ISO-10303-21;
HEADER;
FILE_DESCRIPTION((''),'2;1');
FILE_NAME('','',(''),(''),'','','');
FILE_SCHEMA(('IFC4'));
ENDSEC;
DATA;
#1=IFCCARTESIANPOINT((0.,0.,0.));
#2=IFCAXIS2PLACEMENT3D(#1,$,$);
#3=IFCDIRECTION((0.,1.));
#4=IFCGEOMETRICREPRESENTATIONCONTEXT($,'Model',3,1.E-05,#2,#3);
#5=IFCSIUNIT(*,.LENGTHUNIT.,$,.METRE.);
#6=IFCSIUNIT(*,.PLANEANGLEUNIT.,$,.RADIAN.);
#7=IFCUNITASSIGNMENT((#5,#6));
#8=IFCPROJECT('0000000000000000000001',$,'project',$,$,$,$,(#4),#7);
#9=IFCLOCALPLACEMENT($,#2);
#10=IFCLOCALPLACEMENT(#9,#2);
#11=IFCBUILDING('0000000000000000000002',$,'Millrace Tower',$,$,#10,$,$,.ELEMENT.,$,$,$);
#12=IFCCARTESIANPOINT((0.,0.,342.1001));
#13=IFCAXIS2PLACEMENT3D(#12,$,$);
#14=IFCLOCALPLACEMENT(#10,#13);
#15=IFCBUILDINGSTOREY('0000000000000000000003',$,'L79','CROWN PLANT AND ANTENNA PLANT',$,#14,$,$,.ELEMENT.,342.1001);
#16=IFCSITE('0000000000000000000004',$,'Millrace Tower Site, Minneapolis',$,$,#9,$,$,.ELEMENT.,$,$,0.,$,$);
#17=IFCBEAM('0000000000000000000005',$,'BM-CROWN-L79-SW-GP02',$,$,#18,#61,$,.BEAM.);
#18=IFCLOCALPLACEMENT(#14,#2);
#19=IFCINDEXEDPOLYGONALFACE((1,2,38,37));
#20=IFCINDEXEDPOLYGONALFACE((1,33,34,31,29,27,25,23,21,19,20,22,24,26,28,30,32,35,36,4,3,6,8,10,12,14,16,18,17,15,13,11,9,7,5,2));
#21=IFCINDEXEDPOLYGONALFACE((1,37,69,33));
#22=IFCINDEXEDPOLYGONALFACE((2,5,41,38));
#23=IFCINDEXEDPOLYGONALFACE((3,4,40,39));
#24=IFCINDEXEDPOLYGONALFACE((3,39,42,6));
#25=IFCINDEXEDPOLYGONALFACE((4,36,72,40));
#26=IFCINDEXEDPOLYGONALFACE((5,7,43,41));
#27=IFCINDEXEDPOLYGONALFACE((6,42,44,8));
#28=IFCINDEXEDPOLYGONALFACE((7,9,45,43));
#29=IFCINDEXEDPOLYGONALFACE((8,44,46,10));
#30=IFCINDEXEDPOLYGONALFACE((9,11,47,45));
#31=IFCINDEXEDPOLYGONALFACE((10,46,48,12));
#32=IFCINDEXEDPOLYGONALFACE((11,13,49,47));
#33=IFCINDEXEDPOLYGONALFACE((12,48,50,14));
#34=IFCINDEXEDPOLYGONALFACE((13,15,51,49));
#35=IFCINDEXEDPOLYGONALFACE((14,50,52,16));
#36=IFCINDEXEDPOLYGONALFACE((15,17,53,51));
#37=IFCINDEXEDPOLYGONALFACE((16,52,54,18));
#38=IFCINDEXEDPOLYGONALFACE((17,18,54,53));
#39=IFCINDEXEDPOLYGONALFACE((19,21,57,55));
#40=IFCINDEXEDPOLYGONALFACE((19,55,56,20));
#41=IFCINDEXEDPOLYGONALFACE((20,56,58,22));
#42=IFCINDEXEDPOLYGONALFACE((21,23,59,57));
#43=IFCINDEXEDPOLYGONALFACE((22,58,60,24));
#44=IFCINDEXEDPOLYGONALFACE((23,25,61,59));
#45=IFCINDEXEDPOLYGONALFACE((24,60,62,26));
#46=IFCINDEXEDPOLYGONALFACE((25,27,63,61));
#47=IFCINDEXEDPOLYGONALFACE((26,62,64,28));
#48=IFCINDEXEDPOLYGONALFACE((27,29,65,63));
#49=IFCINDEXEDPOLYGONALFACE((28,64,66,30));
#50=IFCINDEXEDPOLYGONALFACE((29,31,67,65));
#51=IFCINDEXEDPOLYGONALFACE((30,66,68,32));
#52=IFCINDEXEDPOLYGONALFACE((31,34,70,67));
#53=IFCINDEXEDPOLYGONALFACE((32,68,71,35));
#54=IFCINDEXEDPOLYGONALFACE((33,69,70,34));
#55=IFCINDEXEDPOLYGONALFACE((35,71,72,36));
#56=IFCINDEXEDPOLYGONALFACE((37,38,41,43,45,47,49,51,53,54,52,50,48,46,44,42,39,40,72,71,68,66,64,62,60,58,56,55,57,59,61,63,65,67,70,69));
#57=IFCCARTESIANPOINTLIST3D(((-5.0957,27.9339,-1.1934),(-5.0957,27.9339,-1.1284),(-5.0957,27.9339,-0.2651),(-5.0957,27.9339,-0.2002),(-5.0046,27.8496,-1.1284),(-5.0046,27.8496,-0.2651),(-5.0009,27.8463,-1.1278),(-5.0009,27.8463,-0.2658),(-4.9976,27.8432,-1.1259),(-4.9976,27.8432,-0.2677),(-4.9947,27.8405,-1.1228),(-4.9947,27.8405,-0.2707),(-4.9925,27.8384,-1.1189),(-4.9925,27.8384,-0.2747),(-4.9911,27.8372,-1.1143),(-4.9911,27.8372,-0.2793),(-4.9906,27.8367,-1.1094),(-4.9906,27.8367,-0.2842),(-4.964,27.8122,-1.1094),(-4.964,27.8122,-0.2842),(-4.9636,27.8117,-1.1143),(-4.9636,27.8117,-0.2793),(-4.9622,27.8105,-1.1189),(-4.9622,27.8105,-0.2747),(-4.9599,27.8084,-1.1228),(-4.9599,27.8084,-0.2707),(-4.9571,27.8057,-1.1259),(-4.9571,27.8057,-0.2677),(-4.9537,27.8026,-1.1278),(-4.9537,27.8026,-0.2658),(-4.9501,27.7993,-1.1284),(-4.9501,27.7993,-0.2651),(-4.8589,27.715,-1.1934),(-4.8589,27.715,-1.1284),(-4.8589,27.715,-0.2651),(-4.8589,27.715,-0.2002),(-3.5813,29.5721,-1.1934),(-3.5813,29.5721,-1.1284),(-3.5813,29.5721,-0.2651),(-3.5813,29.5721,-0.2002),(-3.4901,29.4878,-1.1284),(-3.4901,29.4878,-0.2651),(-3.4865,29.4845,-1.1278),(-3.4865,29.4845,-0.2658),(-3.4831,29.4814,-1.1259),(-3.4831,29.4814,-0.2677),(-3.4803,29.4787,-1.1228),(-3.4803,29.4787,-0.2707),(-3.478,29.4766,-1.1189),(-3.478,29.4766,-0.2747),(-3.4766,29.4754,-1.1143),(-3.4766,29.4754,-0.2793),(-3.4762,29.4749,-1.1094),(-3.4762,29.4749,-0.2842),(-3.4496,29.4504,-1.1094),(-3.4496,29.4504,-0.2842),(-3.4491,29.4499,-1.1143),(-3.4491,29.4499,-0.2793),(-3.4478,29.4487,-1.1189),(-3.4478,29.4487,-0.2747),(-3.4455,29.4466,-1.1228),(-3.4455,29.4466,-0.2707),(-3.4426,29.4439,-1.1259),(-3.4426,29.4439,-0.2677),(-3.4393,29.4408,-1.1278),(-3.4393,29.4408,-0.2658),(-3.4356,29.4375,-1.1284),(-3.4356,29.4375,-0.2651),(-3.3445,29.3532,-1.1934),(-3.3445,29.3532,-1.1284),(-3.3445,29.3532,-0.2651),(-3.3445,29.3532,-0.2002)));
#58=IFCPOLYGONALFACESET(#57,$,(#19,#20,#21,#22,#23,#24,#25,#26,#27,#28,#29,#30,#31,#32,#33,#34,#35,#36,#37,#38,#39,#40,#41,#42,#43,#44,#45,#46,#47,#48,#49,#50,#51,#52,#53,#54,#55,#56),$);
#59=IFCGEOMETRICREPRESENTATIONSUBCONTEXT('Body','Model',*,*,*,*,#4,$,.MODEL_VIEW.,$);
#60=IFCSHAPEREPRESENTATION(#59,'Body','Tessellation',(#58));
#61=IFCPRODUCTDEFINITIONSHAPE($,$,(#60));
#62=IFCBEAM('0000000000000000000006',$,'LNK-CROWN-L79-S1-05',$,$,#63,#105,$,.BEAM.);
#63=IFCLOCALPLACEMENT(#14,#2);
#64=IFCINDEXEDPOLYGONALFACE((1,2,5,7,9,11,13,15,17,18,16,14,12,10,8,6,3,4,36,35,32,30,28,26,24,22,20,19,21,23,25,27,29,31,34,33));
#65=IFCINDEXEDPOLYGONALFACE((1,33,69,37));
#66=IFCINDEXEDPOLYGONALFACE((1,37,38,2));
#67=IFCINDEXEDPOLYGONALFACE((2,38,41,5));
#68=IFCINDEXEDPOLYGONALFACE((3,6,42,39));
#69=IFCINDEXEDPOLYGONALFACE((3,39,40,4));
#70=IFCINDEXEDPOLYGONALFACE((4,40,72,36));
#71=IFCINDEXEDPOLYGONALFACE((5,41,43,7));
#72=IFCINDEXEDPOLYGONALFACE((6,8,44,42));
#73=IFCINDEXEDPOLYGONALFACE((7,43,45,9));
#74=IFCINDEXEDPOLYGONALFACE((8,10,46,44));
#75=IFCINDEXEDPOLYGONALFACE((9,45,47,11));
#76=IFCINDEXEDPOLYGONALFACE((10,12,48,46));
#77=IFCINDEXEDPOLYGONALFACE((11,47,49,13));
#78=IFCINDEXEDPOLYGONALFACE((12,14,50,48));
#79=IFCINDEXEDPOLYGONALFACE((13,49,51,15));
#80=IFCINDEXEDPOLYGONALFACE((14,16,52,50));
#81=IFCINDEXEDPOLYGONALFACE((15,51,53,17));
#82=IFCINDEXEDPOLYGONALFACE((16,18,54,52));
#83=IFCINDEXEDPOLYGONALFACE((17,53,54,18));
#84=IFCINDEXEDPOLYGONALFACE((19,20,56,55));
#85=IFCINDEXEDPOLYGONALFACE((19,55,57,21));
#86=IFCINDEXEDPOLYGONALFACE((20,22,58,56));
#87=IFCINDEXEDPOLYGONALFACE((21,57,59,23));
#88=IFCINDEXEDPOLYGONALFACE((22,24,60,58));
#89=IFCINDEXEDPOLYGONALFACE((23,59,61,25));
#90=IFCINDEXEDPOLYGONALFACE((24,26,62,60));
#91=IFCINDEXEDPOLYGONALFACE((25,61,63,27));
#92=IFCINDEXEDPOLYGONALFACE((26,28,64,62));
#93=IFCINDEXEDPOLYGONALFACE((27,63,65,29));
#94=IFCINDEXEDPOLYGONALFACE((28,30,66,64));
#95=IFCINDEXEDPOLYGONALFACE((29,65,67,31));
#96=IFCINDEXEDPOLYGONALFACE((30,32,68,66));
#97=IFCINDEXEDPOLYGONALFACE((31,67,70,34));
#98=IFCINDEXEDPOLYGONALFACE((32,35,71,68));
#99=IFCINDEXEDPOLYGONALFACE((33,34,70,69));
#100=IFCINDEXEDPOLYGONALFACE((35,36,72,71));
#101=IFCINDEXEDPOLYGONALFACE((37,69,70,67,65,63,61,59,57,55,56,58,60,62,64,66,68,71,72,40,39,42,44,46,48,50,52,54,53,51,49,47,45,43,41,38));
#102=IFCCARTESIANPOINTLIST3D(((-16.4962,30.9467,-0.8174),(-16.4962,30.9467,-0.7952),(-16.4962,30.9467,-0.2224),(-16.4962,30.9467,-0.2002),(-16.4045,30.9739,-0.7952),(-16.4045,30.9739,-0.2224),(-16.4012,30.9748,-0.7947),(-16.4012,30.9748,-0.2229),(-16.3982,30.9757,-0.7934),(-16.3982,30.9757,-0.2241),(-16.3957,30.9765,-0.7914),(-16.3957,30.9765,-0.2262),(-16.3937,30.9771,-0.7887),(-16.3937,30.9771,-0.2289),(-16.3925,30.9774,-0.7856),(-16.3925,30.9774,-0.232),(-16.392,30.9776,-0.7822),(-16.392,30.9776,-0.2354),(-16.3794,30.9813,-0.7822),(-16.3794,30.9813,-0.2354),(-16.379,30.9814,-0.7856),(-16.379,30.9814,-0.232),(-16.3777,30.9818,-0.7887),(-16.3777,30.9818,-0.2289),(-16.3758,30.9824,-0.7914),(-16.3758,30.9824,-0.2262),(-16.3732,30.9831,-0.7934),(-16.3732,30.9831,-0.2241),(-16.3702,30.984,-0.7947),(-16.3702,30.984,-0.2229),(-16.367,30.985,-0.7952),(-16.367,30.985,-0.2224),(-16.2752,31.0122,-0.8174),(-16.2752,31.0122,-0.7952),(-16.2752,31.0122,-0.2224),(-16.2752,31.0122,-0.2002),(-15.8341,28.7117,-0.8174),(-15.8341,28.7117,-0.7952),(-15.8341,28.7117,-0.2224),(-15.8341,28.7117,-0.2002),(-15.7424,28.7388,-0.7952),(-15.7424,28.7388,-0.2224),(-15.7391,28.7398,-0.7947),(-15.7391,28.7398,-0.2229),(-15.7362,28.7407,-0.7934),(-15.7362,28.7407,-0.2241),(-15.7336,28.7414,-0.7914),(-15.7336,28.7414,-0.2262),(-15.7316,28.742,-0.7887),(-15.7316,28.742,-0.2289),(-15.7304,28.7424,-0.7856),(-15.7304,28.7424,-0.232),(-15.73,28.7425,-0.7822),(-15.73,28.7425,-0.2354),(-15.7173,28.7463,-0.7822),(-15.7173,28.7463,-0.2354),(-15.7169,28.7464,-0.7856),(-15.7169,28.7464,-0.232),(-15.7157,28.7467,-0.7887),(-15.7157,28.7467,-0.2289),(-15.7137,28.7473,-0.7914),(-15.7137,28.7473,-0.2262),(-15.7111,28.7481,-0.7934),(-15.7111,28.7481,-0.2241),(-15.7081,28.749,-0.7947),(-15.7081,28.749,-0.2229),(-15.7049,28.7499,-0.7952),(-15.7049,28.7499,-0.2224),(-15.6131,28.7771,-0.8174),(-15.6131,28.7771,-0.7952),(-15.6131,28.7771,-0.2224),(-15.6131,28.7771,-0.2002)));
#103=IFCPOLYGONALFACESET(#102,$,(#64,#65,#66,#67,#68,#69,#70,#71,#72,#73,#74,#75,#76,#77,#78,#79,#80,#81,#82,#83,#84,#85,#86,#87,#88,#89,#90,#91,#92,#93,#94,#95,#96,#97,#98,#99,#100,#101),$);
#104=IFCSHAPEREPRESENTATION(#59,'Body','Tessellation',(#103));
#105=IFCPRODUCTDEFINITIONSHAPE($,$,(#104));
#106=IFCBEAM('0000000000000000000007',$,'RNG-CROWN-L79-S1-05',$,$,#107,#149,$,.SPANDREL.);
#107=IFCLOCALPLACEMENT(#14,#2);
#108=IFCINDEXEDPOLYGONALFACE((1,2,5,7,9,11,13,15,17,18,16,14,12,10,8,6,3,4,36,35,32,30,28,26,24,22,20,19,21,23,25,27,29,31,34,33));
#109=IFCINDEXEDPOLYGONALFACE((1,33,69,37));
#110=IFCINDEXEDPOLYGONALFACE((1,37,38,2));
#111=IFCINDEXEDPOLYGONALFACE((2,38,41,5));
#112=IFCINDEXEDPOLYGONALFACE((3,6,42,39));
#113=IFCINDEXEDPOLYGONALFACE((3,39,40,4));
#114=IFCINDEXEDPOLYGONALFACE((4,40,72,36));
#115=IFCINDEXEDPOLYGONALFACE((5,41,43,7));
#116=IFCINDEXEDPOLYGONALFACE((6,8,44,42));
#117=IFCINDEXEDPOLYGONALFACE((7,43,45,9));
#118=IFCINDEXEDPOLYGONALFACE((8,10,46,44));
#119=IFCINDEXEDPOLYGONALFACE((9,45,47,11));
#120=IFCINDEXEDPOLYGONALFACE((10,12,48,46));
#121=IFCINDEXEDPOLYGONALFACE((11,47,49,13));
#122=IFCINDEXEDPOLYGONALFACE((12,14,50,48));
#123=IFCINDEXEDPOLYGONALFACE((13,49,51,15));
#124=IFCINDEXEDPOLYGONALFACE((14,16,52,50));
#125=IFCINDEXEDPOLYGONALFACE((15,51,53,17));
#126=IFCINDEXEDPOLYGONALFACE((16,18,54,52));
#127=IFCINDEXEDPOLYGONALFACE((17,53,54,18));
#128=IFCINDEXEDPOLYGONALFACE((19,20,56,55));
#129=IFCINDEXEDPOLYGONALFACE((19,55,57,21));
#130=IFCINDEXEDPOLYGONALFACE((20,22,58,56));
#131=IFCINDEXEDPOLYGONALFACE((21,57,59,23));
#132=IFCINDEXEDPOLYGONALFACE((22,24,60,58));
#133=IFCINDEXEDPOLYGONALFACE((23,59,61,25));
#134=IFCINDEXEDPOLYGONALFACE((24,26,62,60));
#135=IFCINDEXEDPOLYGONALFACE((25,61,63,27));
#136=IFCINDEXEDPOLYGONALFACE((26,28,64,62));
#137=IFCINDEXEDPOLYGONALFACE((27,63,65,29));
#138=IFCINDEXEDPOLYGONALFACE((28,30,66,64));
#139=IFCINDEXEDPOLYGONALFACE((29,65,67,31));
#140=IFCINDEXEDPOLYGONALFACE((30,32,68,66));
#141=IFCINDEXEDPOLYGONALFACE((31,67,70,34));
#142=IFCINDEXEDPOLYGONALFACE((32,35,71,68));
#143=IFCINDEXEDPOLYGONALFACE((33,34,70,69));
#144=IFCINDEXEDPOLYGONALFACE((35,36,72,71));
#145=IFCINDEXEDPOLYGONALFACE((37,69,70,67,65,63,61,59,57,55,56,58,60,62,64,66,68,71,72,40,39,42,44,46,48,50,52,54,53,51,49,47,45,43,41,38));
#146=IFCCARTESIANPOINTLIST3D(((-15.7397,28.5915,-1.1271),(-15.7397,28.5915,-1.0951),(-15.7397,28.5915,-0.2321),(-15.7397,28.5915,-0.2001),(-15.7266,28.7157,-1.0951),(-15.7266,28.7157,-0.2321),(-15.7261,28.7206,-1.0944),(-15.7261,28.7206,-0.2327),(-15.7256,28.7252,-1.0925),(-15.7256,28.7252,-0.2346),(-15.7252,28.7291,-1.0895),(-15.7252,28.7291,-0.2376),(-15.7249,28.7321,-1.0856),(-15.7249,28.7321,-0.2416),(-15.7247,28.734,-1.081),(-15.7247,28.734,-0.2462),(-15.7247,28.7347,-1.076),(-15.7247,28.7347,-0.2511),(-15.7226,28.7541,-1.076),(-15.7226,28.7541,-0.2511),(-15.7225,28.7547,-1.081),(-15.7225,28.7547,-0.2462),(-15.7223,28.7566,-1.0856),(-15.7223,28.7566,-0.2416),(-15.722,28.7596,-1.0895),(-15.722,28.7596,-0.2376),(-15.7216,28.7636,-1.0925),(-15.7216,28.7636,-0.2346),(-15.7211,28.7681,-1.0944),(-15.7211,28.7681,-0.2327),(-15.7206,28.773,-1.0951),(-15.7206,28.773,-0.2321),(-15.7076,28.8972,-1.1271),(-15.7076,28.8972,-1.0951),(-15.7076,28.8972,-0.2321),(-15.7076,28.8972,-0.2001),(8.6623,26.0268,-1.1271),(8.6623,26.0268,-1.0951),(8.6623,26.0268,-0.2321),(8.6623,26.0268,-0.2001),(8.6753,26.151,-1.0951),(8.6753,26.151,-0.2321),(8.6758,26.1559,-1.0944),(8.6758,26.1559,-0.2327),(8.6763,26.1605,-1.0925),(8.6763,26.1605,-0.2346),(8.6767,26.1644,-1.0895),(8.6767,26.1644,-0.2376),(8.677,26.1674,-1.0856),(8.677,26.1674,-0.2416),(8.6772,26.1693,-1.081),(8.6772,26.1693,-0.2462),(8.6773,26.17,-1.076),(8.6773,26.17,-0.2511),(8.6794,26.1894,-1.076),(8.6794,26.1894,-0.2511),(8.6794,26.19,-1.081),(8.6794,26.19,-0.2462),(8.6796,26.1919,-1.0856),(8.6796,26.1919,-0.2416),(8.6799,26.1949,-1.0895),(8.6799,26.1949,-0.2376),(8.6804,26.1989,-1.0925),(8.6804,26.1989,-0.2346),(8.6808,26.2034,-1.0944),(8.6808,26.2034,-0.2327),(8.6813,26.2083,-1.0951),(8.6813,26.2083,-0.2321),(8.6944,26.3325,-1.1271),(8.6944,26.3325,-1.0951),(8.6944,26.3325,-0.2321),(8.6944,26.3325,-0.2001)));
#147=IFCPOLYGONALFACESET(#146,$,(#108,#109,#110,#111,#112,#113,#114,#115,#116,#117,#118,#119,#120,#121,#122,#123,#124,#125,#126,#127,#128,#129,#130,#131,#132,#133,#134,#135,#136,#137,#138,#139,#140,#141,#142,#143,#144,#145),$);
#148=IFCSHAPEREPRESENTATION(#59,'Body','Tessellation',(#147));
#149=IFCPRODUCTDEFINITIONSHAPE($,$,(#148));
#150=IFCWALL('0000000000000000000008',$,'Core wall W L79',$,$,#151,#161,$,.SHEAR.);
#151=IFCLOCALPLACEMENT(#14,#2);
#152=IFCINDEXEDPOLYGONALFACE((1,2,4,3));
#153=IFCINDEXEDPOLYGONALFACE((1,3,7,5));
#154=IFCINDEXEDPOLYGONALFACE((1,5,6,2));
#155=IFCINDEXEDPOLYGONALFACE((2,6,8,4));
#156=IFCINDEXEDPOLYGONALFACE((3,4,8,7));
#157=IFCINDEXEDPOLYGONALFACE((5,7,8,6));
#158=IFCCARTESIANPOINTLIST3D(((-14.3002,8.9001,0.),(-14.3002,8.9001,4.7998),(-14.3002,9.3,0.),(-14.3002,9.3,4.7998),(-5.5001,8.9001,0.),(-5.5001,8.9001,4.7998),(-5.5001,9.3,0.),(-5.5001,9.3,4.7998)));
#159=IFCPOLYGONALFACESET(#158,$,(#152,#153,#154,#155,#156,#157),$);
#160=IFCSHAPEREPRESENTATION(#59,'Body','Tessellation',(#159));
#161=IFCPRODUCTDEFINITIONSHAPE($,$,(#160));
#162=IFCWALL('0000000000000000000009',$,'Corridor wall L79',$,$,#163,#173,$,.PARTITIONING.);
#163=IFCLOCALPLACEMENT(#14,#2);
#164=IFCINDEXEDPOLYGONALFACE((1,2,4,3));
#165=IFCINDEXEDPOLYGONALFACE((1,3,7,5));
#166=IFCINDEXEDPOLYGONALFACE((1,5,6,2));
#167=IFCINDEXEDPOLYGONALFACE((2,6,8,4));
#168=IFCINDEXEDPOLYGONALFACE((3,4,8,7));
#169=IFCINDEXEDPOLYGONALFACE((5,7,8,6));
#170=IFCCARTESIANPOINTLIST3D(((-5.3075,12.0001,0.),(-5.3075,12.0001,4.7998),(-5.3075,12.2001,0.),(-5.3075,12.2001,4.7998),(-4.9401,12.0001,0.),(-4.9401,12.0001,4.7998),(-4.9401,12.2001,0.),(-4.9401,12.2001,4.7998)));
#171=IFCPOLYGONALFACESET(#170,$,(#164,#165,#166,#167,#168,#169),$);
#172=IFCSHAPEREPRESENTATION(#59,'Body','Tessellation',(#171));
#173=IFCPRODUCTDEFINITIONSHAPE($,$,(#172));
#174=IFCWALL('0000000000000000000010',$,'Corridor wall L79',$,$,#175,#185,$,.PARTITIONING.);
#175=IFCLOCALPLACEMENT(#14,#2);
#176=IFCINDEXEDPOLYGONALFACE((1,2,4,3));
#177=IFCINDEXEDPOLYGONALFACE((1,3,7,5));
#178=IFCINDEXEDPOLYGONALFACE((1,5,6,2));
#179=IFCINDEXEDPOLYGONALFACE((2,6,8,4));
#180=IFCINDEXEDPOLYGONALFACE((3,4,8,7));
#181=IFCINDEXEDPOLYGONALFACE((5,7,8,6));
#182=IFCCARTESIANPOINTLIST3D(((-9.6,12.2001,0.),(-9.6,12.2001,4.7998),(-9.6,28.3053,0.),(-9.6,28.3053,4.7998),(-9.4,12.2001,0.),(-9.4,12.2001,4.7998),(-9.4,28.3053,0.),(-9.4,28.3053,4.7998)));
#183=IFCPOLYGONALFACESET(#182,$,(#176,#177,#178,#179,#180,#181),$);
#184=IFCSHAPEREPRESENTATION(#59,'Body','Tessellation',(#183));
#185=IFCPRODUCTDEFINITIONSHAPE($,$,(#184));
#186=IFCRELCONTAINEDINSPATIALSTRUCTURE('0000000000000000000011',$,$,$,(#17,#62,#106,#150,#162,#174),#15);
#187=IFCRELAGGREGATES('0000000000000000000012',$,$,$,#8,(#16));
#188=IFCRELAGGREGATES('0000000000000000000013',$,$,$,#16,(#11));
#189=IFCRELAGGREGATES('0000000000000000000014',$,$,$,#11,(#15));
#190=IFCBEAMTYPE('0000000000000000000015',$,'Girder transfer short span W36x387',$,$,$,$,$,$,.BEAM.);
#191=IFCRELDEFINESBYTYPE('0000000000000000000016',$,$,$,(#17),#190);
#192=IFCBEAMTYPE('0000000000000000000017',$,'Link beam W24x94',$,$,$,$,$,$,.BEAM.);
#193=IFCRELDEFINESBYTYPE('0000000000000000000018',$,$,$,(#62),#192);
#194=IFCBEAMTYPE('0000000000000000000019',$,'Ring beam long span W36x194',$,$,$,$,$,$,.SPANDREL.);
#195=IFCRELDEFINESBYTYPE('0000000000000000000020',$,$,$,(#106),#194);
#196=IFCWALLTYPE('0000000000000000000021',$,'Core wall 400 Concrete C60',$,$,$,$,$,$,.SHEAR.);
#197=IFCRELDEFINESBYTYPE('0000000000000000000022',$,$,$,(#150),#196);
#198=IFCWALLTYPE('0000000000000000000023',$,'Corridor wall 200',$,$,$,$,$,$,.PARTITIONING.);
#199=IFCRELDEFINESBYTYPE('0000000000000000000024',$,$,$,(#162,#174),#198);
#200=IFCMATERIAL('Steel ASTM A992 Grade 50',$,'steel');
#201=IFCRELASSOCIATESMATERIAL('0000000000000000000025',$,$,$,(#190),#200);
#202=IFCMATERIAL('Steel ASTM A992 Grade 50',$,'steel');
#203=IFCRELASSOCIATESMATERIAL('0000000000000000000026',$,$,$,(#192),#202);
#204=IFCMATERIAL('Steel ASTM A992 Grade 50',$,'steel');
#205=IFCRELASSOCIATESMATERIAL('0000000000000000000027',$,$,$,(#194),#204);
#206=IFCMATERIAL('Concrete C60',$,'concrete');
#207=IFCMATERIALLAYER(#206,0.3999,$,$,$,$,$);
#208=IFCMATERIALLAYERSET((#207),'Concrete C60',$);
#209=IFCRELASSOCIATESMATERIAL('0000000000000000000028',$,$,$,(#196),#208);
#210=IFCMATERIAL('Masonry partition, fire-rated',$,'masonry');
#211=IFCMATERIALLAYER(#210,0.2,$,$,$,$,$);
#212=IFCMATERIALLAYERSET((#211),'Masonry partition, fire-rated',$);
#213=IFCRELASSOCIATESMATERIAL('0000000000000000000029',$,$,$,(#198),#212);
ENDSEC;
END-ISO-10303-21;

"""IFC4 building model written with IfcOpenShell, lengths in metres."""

from ifc_helpers import new_model, si_unit, direction, frame, frame_2d, origin, origin_2d, place, context, subcontext, project, spatial, rectangle, i_section, extrude, material, layer, layer_set, material_profile, profile_set, type_object, element, save


model = new_model("IFC4")

# Units and contexts
model_context = context("Model", 3, precision=1e-05, world=origin(), true_north=direction((0.0, 1.0)))
body_context = subcontext(model_context, "Body", "Model", "MODEL_VIEW")
ifc_project = project(units=[si_unit("LENGTHUNIT", "METRE"), si_unit("PLANEANGLEUNIT", "RADIAN")], contexts=[model_context])

# Site, building, storey
site_placement = place(None, origin())
site = spatial("IfcSite", under=ifc_project, at=site_placement, Name="Millrace Tower Site, Minneapolis", CompositionType="ELEMENT", RefElevation=0.0)
building_placement = place(site_placement, origin())
building = spatial("IfcBuilding", under=site, at=building_placement, Name="Millrace Tower", CompositionType="ELEMENT")
storey_placement = place(building_placement, frame((0.0, 0.0, 342.1001)))
storey = spatial("IfcBuildingStorey", under=building, at=storey_placement, Name="L79", Description="CROWN PLANT AND ANTENNA PLANT", CompositionType="ELEMENT", Elevation=342.1001)

# Beams
ifc_material_1 = material(Name="Steel ASTM A992 Grade 50", Category="steel")
ifc_material_profile_1 = material_profile(ifc_material_1, i_section(OverallWidth=0.3225, OverallDepth=0.9932, WebThickness=0.0361, FlangeThickness=0.0649, FilletRadius=0.019, at=origin_2d()))
ifc_profile_set_1 = profile_set([ifc_material_profile_1], Name="Steel ASTM A992 Grade 50")
beam_type_1 = type_object("IfcBeamType", Name="Girder transfer short span W36x387", PredefinedType="BEAM", material=ifc_profile_set_1)
beam_1_placement = place(storey_placement, frame((-3.4629, 29.4626, -0.6968), z_axis=(-0.678821, -0.734304, 0.0), x_axis=(0.734304, -0.678821, 0.0)))
element("IfcBeam", 1, at=beam_1_placement, inside=storey, type_object=beam_type_1, Name="BM-CROWN-L79-SW-GP02", PredefinedType="BEAM", context=body_context, shape_type="SweptSolid", body=[
    extrude(i_section(OverallWidth=0.3225, OverallDepth=0.9932, WebThickness=0.0361, FlangeThickness=0.0649, FilletRadius=0.019, at=origin_2d()), origin(), (0.0, 0.0, 1.0), 2.231),
])
ifc_material_2 = material(Name="Steel ASTM A992 Grade 50", Category="steel")
ifc_material_profile_2 = material_profile(ifc_material_2, i_section(OverallWidth=0.2305, OverallDepth=0.6172, WebThickness=0.0132, FlangeThickness=0.0222, FilletRadius=0.0129, at=origin_2d()))
ifc_profile_set_2 = profile_set([ifc_material_profile_2], Name="Steel ASTM A992 Grade 50")
beam_type_2 = type_object("IfcBeamType", Name="Link beam W24x94", PredefinedType="BEAM", material=ifc_profile_set_2)
beam_2_placement = place(storey_placement, frame((-15.7236, 28.7444, -0.5088), z_axis=(-0.284031, 0.958815, 0.0), x_axis=(-0.958815, -0.284031, 0.0)))
element("IfcBeam", 2, at=beam_2_placement, inside=storey, type_object=beam_type_2, Name="LNK-CROWN-L79-S1-05", PredefinedType="BEAM", context=body_context, shape_type="SweptSolid", body=[
    extrude(i_section(OverallWidth=0.2305, OverallDepth=0.6172, WebThickness=0.0132, FlangeThickness=0.0222, FilletRadius=0.0129, at=origin_2d()), origin(), (0.0, 0.0, 1.0), 2.3311),
])
ifc_material_3 = material(Name="Steel ASTM A992 Grade 50", Category="steel")
ifc_material_profile_3 = material_profile(ifc_material_3, i_section(OverallWidth=0.3074, OverallDepth=0.927, WebThickness=0.0195, FlangeThickness=0.032, FilletRadius=0.019, at=origin_2d()))
ifc_profile_set_3 = profile_set([ifc_material_profile_3], Name="Steel ASTM A992 Grade 50")
beam_type_3 = type_object("IfcBeamType", Name="Ring beam long span W36x194", PredefinedType="SPANDREL", material=ifc_profile_set_3)
beam_3_placement = place(storey_placement, frame((-15.7236, 28.7444, -0.6636), z_axis=(0.994522, -0.104527, 0.0), x_axis=(0.104527, 0.994522, 0.0)))
element("IfcBeam", 3, at=beam_3_placement, inside=storey, type_object=beam_type_3, Name="RNG-CROWN-L79-S1-05", PredefinedType="SPANDREL", context=body_context, shape_type="SweptSolid", body=[
    extrude(i_section(OverallWidth=0.3074, OverallDepth=0.927, WebThickness=0.0195, FlangeThickness=0.032, FilletRadius=0.019, at=origin_2d()), origin(), (0.0, 0.0, 1.0), 24.5364),
])

# Walls
ifc_material_4 = material(Name="Concrete C60", Category="concrete")
ifc_layer_1 = layer(ifc_material_4, 0.3999)
ifc_layer_set_1 = layer_set([ifc_layer_1], Name="Concrete C60")
wall_type_1 = type_object("IfcWallType", Name="Core wall 400 Concrete C60", PredefinedType="SHEAR", material=ifc_layer_set_1)
wall_1_placement = place(storey_placement, frame((-14.3, 9.1001, 0.0), z_axis=(0.0, 0.0, 1.0), x_axis=(1.0, 0.0, 0.0)))
element("IfcWall", 4, at=wall_1_placement, inside=storey, type_object=wall_type_1, Name="Core wall W L79", PredefinedType="SHEAR", context=body_context, shape_type="SweptSolid", body=[
    extrude(rectangle(XDim=8.8, YDim=0.3999, at=frame_2d((4.3999, 0.0))), origin(), (0.0, 0.0, 1.0), 4.7998),
])
ifc_material_5 = material(Name="Masonry partition, fire-rated", Category="masonry")
ifc_layer_2 = layer(ifc_material_5, 0.2)
ifc_layer_set_2 = layer_set([ifc_layer_2], Name="Masonry partition, fire-rated")
wall_type_2 = type_object("IfcWallType", Name="Corridor wall 200", PredefinedType="PARTITIONING", material=ifc_layer_set_2)
wall_2_placement = place(storey_placement, frame((-5.3074, 12.1001, 0.0), z_axis=(0.0, 0.0, 1.0), x_axis=(1.0, 0.0, 0.0)))
element("IfcWall", 5, at=wall_2_placement, inside=storey, type_object=wall_type_2, Name="Corridor wall L79", PredefinedType="PARTITIONING", context=body_context, shape_type="SweptSolid", body=[
    extrude(rectangle(XDim=0.3674, YDim=0.2, at=frame_2d((0.1836, 0.0))), origin(), (0.0, 0.0, 1.0), 4.7998),
])
wall_3_placement = place(storey_placement, frame((-9.5, 12.2, 0.0), z_axis=(0.0, 0.0, 1.0), x_axis=(0.0, 1.0, 0.0)))
element("IfcWall", 6, at=wall_3_placement, inside=storey, type_object=wall_type_2, Name="Corridor wall L79", PredefinedType="PARTITIONING", context=body_context, shape_type="SweptSolid", body=[
    extrude(rectangle(XDim=16.1052, YDim=0.2, at=frame_2d((8.0527, 0.0))), origin(), (0.0, 0.0, 1.0), 4.7998),
])

save(model, "model.ifc")
